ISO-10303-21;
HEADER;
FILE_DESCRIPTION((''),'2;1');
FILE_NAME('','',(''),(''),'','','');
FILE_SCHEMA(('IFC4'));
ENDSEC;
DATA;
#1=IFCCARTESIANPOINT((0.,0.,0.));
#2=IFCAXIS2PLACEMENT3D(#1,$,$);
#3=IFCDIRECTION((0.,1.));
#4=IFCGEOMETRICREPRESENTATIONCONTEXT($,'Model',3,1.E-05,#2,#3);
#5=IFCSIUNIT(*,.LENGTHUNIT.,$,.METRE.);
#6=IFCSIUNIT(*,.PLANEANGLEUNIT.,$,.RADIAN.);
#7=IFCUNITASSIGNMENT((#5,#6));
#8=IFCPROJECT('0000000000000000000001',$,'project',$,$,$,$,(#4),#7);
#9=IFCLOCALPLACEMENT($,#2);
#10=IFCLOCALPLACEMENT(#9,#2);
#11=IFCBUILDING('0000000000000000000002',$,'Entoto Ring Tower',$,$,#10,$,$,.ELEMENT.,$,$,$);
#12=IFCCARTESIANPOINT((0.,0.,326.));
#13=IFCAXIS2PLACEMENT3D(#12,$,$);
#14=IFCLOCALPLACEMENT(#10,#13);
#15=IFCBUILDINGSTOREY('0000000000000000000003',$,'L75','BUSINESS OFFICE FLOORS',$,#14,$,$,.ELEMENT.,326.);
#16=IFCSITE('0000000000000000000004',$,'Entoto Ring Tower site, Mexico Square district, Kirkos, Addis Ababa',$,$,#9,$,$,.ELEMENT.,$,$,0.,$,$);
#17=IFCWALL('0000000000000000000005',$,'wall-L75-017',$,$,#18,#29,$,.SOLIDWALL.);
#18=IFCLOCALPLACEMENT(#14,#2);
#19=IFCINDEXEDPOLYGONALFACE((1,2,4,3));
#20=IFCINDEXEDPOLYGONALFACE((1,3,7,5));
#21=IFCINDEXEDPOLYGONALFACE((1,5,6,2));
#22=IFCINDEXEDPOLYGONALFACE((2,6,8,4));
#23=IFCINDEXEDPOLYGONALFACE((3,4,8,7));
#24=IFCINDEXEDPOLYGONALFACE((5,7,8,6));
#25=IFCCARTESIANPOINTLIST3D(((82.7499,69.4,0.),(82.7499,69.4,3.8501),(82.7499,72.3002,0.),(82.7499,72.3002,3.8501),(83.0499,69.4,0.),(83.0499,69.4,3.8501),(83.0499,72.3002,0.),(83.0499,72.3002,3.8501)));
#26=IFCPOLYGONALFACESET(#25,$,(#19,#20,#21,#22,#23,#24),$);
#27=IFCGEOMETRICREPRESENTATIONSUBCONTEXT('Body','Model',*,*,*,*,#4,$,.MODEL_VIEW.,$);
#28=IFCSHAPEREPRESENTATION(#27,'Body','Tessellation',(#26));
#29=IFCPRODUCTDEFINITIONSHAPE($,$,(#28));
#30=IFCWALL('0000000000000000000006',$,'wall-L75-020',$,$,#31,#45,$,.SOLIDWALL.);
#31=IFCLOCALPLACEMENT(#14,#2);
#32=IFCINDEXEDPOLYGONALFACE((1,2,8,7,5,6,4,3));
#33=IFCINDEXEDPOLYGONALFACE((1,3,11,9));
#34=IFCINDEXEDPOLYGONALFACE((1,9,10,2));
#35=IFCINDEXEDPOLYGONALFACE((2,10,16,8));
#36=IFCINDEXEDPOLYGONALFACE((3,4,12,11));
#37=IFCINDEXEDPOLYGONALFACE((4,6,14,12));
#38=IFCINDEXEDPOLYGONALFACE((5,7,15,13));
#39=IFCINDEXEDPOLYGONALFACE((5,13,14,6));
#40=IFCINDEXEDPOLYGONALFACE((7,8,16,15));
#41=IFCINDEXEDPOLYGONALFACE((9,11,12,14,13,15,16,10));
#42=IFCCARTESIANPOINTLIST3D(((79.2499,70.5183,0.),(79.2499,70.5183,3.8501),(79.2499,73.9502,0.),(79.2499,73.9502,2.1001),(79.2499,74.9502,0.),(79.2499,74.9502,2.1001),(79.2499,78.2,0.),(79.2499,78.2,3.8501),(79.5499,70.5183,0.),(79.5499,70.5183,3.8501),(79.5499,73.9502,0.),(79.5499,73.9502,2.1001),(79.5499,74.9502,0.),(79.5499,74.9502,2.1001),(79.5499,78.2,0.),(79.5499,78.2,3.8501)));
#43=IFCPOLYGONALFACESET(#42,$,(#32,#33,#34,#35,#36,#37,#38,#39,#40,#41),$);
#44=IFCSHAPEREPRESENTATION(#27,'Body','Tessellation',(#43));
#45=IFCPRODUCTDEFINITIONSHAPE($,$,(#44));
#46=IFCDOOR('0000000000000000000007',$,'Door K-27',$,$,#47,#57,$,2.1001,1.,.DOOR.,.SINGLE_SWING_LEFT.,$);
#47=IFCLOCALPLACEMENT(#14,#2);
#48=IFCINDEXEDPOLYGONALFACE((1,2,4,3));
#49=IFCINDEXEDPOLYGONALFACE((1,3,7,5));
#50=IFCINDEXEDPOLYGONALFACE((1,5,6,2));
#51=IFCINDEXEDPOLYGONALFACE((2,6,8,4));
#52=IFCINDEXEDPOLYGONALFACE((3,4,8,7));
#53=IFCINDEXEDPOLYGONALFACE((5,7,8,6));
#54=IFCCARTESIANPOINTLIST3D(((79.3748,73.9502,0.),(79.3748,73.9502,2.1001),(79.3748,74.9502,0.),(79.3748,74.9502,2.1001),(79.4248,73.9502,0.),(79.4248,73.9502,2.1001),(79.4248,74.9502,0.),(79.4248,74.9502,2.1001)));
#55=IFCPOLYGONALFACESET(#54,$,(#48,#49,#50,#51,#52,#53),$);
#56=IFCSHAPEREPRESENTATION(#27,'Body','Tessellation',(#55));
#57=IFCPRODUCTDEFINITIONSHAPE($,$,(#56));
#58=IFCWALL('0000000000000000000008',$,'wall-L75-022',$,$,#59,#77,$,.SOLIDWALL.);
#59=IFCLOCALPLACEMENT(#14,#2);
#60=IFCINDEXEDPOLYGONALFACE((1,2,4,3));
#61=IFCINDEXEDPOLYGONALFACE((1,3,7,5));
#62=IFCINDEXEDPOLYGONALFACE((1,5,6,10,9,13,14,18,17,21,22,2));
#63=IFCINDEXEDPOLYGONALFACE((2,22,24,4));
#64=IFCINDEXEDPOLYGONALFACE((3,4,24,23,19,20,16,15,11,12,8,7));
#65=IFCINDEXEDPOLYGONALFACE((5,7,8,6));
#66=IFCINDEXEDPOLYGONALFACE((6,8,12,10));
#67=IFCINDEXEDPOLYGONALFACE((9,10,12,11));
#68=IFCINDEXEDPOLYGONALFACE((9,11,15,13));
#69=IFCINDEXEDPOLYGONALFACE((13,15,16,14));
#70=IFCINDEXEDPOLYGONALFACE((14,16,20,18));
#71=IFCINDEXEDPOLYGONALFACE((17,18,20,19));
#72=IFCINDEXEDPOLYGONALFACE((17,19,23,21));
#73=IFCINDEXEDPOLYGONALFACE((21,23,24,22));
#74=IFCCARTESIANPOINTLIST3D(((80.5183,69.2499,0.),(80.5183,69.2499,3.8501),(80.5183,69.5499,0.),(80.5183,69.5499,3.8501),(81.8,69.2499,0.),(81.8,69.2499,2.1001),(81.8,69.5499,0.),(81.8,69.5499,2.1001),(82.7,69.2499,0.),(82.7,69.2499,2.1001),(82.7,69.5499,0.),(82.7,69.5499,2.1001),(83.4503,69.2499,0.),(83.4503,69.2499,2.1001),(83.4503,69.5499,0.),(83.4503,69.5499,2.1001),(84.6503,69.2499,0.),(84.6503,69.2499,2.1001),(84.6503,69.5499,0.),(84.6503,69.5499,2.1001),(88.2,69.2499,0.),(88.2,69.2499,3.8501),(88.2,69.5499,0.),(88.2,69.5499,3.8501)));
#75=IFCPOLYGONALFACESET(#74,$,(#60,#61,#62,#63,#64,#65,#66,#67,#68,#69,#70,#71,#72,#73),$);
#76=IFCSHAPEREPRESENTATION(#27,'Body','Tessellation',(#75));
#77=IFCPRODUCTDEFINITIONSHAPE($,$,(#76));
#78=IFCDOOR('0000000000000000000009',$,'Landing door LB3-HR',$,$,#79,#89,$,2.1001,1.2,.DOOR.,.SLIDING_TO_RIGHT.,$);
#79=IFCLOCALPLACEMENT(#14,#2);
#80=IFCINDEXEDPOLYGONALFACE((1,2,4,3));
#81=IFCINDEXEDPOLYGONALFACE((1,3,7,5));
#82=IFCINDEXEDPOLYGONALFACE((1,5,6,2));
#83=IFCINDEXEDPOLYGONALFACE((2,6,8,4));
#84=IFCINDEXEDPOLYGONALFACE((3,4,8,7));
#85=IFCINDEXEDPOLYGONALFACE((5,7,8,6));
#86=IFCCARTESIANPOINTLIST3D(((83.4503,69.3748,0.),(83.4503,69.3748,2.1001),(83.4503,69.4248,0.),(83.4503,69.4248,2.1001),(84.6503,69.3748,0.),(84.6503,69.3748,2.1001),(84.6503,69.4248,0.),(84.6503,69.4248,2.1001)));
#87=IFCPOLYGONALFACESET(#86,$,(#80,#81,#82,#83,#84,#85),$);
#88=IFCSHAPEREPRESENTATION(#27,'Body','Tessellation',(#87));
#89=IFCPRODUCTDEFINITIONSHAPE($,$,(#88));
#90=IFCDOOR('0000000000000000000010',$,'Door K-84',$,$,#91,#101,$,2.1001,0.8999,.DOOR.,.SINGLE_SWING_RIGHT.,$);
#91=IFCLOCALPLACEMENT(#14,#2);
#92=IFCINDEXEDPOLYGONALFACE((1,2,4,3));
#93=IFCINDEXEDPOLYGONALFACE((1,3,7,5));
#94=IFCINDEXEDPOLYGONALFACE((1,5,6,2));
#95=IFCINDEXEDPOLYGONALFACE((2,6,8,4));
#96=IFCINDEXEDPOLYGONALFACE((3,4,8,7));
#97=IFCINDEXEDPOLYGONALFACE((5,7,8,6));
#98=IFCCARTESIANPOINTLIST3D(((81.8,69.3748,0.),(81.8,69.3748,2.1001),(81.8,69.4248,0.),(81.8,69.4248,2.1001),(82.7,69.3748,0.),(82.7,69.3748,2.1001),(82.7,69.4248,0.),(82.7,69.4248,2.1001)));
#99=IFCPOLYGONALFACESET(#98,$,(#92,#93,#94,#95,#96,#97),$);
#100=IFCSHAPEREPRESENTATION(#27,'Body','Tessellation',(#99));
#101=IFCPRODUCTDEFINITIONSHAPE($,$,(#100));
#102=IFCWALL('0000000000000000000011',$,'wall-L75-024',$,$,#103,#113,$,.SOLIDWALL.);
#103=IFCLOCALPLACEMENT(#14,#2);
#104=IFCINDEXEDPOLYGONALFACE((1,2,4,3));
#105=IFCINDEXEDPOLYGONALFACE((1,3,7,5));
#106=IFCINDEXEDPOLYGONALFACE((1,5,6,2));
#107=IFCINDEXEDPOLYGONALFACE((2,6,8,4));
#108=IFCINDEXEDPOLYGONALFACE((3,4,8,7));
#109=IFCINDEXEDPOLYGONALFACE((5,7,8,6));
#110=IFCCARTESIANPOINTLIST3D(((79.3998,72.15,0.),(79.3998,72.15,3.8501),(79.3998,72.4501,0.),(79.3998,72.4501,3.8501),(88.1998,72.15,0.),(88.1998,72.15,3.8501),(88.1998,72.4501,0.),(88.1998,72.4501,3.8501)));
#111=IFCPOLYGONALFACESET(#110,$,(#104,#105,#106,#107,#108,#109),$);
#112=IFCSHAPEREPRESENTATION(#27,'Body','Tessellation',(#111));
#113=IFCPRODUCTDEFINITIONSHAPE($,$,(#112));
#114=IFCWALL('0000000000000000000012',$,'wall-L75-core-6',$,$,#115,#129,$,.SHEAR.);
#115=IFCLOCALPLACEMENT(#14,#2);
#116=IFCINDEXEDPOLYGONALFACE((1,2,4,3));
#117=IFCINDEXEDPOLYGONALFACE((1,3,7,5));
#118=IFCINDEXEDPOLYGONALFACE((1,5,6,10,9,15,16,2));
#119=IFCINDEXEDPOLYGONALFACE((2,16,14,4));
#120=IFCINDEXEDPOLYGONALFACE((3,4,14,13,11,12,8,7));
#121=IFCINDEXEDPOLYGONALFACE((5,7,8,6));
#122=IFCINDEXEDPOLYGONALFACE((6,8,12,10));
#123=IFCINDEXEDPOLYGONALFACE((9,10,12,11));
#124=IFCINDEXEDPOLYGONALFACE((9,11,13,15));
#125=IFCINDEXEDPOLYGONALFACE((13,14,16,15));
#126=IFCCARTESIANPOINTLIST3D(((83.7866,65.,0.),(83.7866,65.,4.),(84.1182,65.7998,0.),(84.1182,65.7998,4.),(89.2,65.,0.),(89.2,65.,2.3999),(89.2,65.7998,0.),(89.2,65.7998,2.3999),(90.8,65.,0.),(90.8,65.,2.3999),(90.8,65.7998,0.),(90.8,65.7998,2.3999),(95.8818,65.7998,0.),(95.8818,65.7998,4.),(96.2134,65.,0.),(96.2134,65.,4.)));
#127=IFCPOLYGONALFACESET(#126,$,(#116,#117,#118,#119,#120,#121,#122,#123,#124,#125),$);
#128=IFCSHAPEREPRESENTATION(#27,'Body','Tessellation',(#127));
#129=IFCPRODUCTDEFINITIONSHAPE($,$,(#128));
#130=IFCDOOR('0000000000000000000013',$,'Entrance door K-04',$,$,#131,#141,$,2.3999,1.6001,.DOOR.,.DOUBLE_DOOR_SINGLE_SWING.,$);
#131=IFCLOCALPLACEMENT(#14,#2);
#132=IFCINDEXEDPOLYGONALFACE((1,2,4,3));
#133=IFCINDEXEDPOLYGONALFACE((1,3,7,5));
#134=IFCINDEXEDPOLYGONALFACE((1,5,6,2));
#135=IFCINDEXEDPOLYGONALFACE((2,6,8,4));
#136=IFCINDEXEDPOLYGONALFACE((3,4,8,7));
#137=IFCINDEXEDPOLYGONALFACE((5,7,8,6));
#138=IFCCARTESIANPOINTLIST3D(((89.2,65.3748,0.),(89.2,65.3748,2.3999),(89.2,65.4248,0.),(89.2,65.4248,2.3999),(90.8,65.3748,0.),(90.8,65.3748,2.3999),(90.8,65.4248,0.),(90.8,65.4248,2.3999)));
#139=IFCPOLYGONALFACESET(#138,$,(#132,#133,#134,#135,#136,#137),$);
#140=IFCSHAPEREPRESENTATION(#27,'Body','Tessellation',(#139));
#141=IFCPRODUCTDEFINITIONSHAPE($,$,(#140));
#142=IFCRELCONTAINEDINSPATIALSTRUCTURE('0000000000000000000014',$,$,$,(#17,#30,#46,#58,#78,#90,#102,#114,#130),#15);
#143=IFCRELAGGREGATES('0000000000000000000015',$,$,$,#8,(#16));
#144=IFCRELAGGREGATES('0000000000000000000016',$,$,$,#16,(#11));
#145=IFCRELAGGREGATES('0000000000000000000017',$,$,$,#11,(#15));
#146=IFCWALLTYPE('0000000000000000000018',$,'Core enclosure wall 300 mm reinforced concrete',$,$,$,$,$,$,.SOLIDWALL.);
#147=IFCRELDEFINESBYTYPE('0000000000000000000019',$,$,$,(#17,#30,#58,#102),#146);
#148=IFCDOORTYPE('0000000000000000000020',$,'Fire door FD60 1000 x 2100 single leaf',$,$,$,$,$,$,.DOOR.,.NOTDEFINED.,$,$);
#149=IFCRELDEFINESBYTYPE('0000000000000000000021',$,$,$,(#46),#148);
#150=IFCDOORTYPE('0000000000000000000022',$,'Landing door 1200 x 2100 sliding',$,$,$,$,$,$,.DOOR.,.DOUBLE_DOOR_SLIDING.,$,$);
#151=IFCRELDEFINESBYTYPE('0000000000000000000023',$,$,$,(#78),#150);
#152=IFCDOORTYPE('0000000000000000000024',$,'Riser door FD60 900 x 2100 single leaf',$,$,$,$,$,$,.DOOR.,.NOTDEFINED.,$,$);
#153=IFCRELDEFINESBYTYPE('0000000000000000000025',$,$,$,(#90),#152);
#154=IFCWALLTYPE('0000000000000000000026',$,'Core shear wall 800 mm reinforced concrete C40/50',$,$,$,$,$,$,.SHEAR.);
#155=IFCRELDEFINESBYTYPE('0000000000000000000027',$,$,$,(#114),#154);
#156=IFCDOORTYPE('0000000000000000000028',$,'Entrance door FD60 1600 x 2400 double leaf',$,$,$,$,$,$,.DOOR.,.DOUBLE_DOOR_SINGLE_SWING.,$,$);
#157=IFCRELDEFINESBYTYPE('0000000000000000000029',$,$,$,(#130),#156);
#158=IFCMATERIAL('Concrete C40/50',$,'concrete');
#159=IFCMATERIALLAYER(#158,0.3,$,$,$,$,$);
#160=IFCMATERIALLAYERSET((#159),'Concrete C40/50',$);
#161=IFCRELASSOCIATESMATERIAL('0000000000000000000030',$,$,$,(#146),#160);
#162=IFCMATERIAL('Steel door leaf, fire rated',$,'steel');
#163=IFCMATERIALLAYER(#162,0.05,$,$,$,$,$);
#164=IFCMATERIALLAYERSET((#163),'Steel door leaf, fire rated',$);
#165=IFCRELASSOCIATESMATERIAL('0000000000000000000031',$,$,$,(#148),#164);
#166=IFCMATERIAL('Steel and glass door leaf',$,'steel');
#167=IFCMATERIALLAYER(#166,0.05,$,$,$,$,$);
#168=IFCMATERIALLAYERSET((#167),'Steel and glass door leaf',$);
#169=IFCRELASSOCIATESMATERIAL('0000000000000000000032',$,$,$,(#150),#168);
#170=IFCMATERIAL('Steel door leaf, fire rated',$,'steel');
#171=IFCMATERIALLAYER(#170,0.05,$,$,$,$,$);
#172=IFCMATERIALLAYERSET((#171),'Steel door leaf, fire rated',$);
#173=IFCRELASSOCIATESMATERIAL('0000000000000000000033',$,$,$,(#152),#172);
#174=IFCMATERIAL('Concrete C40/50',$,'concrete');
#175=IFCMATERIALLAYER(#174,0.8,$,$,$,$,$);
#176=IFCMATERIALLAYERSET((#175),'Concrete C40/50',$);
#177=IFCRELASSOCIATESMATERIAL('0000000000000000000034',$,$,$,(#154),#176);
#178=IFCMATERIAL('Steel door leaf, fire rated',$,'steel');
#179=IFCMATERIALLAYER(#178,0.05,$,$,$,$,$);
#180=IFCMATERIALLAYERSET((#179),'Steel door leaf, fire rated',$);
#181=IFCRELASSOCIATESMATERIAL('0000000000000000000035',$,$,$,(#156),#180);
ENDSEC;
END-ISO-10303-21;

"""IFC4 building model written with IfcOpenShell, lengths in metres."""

from ifc_helpers import new_model, si_unit, direction, frame, frame_2d, origin, place, context, subcontext, project, spatial, polyline, rectangle, outline, extrude, material, layer, layer_set, type_object, element, fill, save


model = new_model("IFC4")

# Units and contexts
model_context = context("Model", 3, precision=1e-05, world=origin(), true_north=direction((0.0, 1.0)))
body_context = subcontext(model_context, "Body", "Model", "MODEL_VIEW")
ifc_project = project(units=[si_unit("LENGTHUNIT", "METRE"), si_unit("PLANEANGLEUNIT", "RADIAN")], contexts=[model_context])

# Site, building, storey
site_placement = place(None, origin())
site = spatial("IfcSite", under=ifc_project, at=site_placement, Name="Entoto Ring Tower site, Mexico Square district, Kirkos, Addis Ababa", CompositionType="ELEMENT", RefElevation=0.0)
building_placement = place(site_placement, origin())
building = spatial("IfcBuilding", under=site, at=building_placement, Name="Entoto Ring Tower", CompositionType="ELEMENT")
storey_placement = place(building_placement, frame((0.0, 0.0, 326.0)))
storey = spatial("IfcBuildingStorey", under=building, at=storey_placement, Name="L75", Description="BUSINESS OFFICE FLOORS", CompositionType="ELEMENT", Elevation=326.0)

# Wall
ifc_material_1 = material(Name="Concrete C40/50", Category="concrete")
ifc_layer_1 = layer(ifc_material_1, 0.3)
ifc_layer_set_1 = layer_set([ifc_layer_1], Name="Concrete C40/50")
wall_type_1 = type_object("IfcWallType", Name="Core enclosure wall 300 mm reinforced concrete", PredefinedType="SOLIDWALL", material=ifc_layer_set_1)
wall_1_placement = place(storey_placement, frame((82.8999, 69.3999, 0.0), z_axis=(0.0, 0.0, 1.0), x_axis=(0.0, 1.0, 0.0)))
element("IfcWall", 1, at=wall_1_placement, inside=storey, type_object=wall_type_1, Name="wall-L75-017", PredefinedType="SOLIDWALL", context=body_context, shape_type="SweptSolid", body=[
    extrude(rectangle(XDim=2.9001, YDim=0.3, at=frame_2d((1.4502, 0.0))), origin(), (0.0, 0.0, 1.0), 3.8501),
])

# Wall, opening, door
wall_2_placement = place(storey_placement, frame((79.3999, 70.5183, 0.0), z_axis=(0.0, 0.0, 1.0), x_axis=(0.0, 1.0, 0.0)))
wall_2 = element("IfcWall", 2, at=wall_2_placement, inside=storey, type_object=wall_type_1, Name="wall-L75-020", PredefinedType="SOLIDWALL", context=body_context, shape_type="SweptSolid", body=[
    extrude(rectangle(XDim=7.6816, YDim=0.3, at=frame_2d((3.8408, 0.0))), origin(), (0.0, 0.0, 1.0), 3.8501),
])
opening_1_placement = place(wall_2_placement, frame((3.4319, 0.0, 0.0)))
opening_1 = element("IfcOpeningElement", 3, at=opening_1_placement, cuts=wall_2, PredefinedType="OPENING", context=body_context, shape_type="SweptSolid", body=[
    extrude(rectangle(XDim=1.0, YDim=2.1001, at=frame_2d((0.5, 1.05))), frame((0.0, 0.1602, 0.0), z_axis=(0.0, -1.0, 0.0), x_axis=(1.0, 0.0, 0.0)), (0.0, 0.0, 1.0), 0.3201),
])
ifc_material_2 = material(Name="Steel door leaf, fire rated", Category="steel")
ifc_layer_2 = layer(ifc_material_2, 0.05)
ifc_layer_set_2 = layer_set([ifc_layer_2], Name="Steel door leaf, fire rated")
door_type_1 = type_object("IfcDoorType", Name="Fire door FD60 1000 x 2100 single leaf", OperationType="NOTDEFINED", PredefinedType="DOOR", material=ifc_layer_set_2)
door_1_placement = place(opening_1_placement, frame((1.0, 0.0, 0.0), z_axis=(0.0, 0.0, 1.0), x_axis=(-1.0, 0.0, 0.0)))
door_1 = element("IfcDoor", 4, at=door_1_placement, inside=storey, type_object=door_type_1, Name="Door K-27", OperationType="SINGLE_SWING_LEFT", OverallHeight=2.1001, OverallWidth=1.0, PredefinedType="DOOR", context=body_context, shape_type="SweptSolid", body=[
    extrude(rectangle(XDim=1.0, YDim=2.1001, at=frame_2d((0.5, 1.05))), frame((0.0, 0.0249, 0.0), z_axis=(0.0, -1.0, 0.0), x_axis=(1.0, 0.0, 0.0)), (0.0, 0.0, 1.0), 0.05),
])
fill(opening_1, door_1)

# Wall, openings, doors
wall_3_placement = place(storey_placement, frame((80.5183, 69.3999, 0.0), z_axis=(0.0, 0.0, 1.0), x_axis=(1.0, 0.0, 0.0)))
wall_3 = element("IfcWall", 5, at=wall_3_placement, inside=storey, type_object=wall_type_1, Name="wall-L75-022", PredefinedType="SOLIDWALL", context=body_context, shape_type="SweptSolid", body=[
    extrude(rectangle(XDim=7.6816, YDim=0.3, at=frame_2d((3.8408, 0.0))), origin(), (0.0, 0.0, 1.0), 3.8501),
])
opening_2_placement = place(wall_3_placement, frame((2.9319, 0.0, 0.0)))
opening_2 = element("IfcOpeningElement", 6, at=opening_2_placement, cuts=wall_3, PredefinedType="OPENING", context=body_context, shape_type="SweptSolid", body=[
    extrude(rectangle(XDim=1.2, YDim=2.1001, at=frame_2d((0.6001, 1.05))), frame((0.0, 0.1602, 0.0), z_axis=(0.0, -1.0, 0.0), x_axis=(1.0, 0.0, 0.0)), (0.0, 0.0, 1.0), 0.3201),
])
opening_3_placement = place(wall_3_placement, frame((1.2817, 0.0, 0.0)))
opening_3 = element("IfcOpeningElement", 7, at=opening_3_placement, cuts=wall_3, PredefinedType="OPENING", context=body_context, shape_type="SweptSolid", body=[
    extrude(rectangle(XDim=0.8999, YDim=2.1001, at=frame_2d((0.45, 1.05))), frame((0.0, 0.1602, 0.0), z_axis=(0.0, -1.0, 0.0), x_axis=(1.0, 0.0, 0.0)), (0.0, 0.0, 1.0), 0.3201),
])
ifc_material_3 = material(Name="Steel and glass door leaf", Category="steel")
ifc_layer_3 = layer(ifc_material_3, 0.05)
ifc_layer_set_3 = layer_set([ifc_layer_3], Name="Steel and glass door leaf")
door_type_2 = type_object("IfcDoorType", Name="Landing door 1200 x 2100 sliding", OperationType="DOUBLE_DOOR_SLIDING", PredefinedType="DOOR", material=ifc_layer_set_3)
door_2_placement = place(opening_2_placement, origin())
door_2 = element("IfcDoor", 8, at=door_2_placement, inside=storey, type_object=door_type_2, Name="Landing door LB3-HR", OperationType="SLIDING_TO_RIGHT", OverallHeight=2.1001, OverallWidth=1.2, PredefinedType="DOOR", context=body_context, shape_type="SweptSolid", body=[
    extrude(rectangle(XDim=1.2, YDim=2.1001, at=frame_2d((0.6001, 1.05))), frame((0.0, 0.0249, 0.0), z_axis=(0.0, -1.0, 0.0), x_axis=(1.0, 0.0, 0.0)), (0.0, 0.0, 1.0), 0.05),
])
fill(opening_2, door_2)
ifc_material_4 = material(Name="Steel door leaf, fire rated", Category="steel")
ifc_layer_4 = layer(ifc_material_4, 0.05)
ifc_layer_set_4 = layer_set([ifc_layer_4], Name="Steel door leaf, fire rated")
door_type_3 = type_object("IfcDoorType", Name="Riser door FD60 900 x 2100 single leaf", OperationType="NOTDEFINED", PredefinedType="DOOR", material=ifc_layer_set_4)
door_3_placement = place(opening_3_placement, origin())
door_3 = element("IfcDoor", 9, at=door_3_placement, inside=storey, type_object=door_type_3, Name="Door K-84", OperationType="SINGLE_SWING_RIGHT", OverallHeight=2.1001, OverallWidth=0.8999, PredefinedType="DOOR", context=body_context, shape_type="SweptSolid", body=[
    extrude(rectangle(XDim=0.8999, YDim=2.1001, at=frame_2d((0.45, 1.05))), frame((0.0, 0.0249, 0.0), z_axis=(0.0, -1.0, 0.0), x_axis=(1.0, 0.0, 0.0)), (0.0, 0.0, 1.0), 0.05),
])
fill(opening_3, door_3)

# Wall
wall_4_placement = place(storey_placement, frame((79.3999, 72.3, 0.0), z_axis=(0.0, 0.0, 1.0), x_axis=(1.0, 0.0, 0.0)))
element("IfcWall", 10, at=wall_4_placement, inside=storey, type_object=wall_type_1, Name="wall-L75-024", PredefinedType="SOLIDWALL", context=body_context, shape_type="SweptSolid", body=[
    extrude(rectangle(XDim=8.8, YDim=0.3, at=frame_2d((4.3999, 0.0))), origin(), (0.0, 0.0, 1.0), 3.8501),
])

# Wall, opening, door
ifc_material_5 = material(Name="Concrete C40/50", Category="concrete")
ifc_layer_5 = layer(ifc_material_5, 0.8)
ifc_layer_set_5 = layer_set([ifc_layer_5], Name="Concrete C40/50")
wall_type_2 = type_object("IfcWallType", Name="Core shear wall 800 mm reinforced concrete C40/50", PredefinedType="SHEAR", material=ifc_layer_set_5)
wall_5_placement = place(storey_placement, frame((83.9524, 65.3999, 0.0), z_axis=(0.0, 0.0, 1.0), x_axis=(1.0, 0.0, 0.0)))
wall_5 = element("IfcWall", 11, at=wall_5_placement, inside=storey, type_object=wall_type_2, Name="wall-L75-core-6", PredefinedType="SHEAR", context=body_context, shape_type="SweptSolid", body=[
    extrude(outline(polyline([(-0.1658, -0.3999), (12.261, -0.3999), (11.9294, 0.3999), (0.1658, 0.3999), (-0.1658, -0.3999)])), origin(), (0.0, 0.0, 1.0), 4.0),
])
opening_4_placement = place(wall_5_placement, frame((5.2476, 0.0, 0.0)))
opening_4 = element("IfcOpeningElement", 12, at=opening_4_placement, cuts=wall_5, PredefinedType="OPENING", context=body_context, shape_type="SweptSolid", body=[
    extrude(rectangle(XDim=1.6001, YDim=2.3999, at=frame_2d((0.8, 1.2))), frame((0.0, 0.4102, 0.0), z_axis=(0.0, -1.0, 0.0), x_axis=(1.0, 0.0, 0.0)), (0.0, 0.0, 1.0), 0.8201),
])
ifc_material_6 = material(Name="Steel door leaf, fire rated", Category="steel")
ifc_layer_6 = layer(ifc_material_6, 0.05)
ifc_layer_set_6 = layer_set([ifc_layer_6], Name="Steel door leaf, fire rated")
door_type_4 = type_object("IfcDoorType", Name="Entrance door FD60 1600 x 2400 double leaf", OperationType="DOUBLE_DOOR_SINGLE_SWING", PredefinedType="DOOR", material=ifc_layer_set_6)
door_4_placement = place(opening_4_placement, origin())
door_4 = element("IfcDoor", 13, at=door_4_placement, inside=storey, type_object=door_type_4, Name="Entrance door K-04", OperationType="DOUBLE_DOOR_SINGLE_SWING", OverallHeight=2.3999, OverallWidth=1.6001, PredefinedType="DOOR", context=body_context, shape_type="SweptSolid", body=[
    extrude(rectangle(XDim=1.6001, YDim=2.3999, at=frame_2d((0.8, 1.2))), frame((0.0, 0.0249, 0.0), z_axis=(0.0, -1.0, 0.0), x_axis=(1.0, 0.0, 0.0)), (0.0, 0.0, 1.0), 0.05),
])
fill(opening_4, door_4)

save(model, "model.ifc")
